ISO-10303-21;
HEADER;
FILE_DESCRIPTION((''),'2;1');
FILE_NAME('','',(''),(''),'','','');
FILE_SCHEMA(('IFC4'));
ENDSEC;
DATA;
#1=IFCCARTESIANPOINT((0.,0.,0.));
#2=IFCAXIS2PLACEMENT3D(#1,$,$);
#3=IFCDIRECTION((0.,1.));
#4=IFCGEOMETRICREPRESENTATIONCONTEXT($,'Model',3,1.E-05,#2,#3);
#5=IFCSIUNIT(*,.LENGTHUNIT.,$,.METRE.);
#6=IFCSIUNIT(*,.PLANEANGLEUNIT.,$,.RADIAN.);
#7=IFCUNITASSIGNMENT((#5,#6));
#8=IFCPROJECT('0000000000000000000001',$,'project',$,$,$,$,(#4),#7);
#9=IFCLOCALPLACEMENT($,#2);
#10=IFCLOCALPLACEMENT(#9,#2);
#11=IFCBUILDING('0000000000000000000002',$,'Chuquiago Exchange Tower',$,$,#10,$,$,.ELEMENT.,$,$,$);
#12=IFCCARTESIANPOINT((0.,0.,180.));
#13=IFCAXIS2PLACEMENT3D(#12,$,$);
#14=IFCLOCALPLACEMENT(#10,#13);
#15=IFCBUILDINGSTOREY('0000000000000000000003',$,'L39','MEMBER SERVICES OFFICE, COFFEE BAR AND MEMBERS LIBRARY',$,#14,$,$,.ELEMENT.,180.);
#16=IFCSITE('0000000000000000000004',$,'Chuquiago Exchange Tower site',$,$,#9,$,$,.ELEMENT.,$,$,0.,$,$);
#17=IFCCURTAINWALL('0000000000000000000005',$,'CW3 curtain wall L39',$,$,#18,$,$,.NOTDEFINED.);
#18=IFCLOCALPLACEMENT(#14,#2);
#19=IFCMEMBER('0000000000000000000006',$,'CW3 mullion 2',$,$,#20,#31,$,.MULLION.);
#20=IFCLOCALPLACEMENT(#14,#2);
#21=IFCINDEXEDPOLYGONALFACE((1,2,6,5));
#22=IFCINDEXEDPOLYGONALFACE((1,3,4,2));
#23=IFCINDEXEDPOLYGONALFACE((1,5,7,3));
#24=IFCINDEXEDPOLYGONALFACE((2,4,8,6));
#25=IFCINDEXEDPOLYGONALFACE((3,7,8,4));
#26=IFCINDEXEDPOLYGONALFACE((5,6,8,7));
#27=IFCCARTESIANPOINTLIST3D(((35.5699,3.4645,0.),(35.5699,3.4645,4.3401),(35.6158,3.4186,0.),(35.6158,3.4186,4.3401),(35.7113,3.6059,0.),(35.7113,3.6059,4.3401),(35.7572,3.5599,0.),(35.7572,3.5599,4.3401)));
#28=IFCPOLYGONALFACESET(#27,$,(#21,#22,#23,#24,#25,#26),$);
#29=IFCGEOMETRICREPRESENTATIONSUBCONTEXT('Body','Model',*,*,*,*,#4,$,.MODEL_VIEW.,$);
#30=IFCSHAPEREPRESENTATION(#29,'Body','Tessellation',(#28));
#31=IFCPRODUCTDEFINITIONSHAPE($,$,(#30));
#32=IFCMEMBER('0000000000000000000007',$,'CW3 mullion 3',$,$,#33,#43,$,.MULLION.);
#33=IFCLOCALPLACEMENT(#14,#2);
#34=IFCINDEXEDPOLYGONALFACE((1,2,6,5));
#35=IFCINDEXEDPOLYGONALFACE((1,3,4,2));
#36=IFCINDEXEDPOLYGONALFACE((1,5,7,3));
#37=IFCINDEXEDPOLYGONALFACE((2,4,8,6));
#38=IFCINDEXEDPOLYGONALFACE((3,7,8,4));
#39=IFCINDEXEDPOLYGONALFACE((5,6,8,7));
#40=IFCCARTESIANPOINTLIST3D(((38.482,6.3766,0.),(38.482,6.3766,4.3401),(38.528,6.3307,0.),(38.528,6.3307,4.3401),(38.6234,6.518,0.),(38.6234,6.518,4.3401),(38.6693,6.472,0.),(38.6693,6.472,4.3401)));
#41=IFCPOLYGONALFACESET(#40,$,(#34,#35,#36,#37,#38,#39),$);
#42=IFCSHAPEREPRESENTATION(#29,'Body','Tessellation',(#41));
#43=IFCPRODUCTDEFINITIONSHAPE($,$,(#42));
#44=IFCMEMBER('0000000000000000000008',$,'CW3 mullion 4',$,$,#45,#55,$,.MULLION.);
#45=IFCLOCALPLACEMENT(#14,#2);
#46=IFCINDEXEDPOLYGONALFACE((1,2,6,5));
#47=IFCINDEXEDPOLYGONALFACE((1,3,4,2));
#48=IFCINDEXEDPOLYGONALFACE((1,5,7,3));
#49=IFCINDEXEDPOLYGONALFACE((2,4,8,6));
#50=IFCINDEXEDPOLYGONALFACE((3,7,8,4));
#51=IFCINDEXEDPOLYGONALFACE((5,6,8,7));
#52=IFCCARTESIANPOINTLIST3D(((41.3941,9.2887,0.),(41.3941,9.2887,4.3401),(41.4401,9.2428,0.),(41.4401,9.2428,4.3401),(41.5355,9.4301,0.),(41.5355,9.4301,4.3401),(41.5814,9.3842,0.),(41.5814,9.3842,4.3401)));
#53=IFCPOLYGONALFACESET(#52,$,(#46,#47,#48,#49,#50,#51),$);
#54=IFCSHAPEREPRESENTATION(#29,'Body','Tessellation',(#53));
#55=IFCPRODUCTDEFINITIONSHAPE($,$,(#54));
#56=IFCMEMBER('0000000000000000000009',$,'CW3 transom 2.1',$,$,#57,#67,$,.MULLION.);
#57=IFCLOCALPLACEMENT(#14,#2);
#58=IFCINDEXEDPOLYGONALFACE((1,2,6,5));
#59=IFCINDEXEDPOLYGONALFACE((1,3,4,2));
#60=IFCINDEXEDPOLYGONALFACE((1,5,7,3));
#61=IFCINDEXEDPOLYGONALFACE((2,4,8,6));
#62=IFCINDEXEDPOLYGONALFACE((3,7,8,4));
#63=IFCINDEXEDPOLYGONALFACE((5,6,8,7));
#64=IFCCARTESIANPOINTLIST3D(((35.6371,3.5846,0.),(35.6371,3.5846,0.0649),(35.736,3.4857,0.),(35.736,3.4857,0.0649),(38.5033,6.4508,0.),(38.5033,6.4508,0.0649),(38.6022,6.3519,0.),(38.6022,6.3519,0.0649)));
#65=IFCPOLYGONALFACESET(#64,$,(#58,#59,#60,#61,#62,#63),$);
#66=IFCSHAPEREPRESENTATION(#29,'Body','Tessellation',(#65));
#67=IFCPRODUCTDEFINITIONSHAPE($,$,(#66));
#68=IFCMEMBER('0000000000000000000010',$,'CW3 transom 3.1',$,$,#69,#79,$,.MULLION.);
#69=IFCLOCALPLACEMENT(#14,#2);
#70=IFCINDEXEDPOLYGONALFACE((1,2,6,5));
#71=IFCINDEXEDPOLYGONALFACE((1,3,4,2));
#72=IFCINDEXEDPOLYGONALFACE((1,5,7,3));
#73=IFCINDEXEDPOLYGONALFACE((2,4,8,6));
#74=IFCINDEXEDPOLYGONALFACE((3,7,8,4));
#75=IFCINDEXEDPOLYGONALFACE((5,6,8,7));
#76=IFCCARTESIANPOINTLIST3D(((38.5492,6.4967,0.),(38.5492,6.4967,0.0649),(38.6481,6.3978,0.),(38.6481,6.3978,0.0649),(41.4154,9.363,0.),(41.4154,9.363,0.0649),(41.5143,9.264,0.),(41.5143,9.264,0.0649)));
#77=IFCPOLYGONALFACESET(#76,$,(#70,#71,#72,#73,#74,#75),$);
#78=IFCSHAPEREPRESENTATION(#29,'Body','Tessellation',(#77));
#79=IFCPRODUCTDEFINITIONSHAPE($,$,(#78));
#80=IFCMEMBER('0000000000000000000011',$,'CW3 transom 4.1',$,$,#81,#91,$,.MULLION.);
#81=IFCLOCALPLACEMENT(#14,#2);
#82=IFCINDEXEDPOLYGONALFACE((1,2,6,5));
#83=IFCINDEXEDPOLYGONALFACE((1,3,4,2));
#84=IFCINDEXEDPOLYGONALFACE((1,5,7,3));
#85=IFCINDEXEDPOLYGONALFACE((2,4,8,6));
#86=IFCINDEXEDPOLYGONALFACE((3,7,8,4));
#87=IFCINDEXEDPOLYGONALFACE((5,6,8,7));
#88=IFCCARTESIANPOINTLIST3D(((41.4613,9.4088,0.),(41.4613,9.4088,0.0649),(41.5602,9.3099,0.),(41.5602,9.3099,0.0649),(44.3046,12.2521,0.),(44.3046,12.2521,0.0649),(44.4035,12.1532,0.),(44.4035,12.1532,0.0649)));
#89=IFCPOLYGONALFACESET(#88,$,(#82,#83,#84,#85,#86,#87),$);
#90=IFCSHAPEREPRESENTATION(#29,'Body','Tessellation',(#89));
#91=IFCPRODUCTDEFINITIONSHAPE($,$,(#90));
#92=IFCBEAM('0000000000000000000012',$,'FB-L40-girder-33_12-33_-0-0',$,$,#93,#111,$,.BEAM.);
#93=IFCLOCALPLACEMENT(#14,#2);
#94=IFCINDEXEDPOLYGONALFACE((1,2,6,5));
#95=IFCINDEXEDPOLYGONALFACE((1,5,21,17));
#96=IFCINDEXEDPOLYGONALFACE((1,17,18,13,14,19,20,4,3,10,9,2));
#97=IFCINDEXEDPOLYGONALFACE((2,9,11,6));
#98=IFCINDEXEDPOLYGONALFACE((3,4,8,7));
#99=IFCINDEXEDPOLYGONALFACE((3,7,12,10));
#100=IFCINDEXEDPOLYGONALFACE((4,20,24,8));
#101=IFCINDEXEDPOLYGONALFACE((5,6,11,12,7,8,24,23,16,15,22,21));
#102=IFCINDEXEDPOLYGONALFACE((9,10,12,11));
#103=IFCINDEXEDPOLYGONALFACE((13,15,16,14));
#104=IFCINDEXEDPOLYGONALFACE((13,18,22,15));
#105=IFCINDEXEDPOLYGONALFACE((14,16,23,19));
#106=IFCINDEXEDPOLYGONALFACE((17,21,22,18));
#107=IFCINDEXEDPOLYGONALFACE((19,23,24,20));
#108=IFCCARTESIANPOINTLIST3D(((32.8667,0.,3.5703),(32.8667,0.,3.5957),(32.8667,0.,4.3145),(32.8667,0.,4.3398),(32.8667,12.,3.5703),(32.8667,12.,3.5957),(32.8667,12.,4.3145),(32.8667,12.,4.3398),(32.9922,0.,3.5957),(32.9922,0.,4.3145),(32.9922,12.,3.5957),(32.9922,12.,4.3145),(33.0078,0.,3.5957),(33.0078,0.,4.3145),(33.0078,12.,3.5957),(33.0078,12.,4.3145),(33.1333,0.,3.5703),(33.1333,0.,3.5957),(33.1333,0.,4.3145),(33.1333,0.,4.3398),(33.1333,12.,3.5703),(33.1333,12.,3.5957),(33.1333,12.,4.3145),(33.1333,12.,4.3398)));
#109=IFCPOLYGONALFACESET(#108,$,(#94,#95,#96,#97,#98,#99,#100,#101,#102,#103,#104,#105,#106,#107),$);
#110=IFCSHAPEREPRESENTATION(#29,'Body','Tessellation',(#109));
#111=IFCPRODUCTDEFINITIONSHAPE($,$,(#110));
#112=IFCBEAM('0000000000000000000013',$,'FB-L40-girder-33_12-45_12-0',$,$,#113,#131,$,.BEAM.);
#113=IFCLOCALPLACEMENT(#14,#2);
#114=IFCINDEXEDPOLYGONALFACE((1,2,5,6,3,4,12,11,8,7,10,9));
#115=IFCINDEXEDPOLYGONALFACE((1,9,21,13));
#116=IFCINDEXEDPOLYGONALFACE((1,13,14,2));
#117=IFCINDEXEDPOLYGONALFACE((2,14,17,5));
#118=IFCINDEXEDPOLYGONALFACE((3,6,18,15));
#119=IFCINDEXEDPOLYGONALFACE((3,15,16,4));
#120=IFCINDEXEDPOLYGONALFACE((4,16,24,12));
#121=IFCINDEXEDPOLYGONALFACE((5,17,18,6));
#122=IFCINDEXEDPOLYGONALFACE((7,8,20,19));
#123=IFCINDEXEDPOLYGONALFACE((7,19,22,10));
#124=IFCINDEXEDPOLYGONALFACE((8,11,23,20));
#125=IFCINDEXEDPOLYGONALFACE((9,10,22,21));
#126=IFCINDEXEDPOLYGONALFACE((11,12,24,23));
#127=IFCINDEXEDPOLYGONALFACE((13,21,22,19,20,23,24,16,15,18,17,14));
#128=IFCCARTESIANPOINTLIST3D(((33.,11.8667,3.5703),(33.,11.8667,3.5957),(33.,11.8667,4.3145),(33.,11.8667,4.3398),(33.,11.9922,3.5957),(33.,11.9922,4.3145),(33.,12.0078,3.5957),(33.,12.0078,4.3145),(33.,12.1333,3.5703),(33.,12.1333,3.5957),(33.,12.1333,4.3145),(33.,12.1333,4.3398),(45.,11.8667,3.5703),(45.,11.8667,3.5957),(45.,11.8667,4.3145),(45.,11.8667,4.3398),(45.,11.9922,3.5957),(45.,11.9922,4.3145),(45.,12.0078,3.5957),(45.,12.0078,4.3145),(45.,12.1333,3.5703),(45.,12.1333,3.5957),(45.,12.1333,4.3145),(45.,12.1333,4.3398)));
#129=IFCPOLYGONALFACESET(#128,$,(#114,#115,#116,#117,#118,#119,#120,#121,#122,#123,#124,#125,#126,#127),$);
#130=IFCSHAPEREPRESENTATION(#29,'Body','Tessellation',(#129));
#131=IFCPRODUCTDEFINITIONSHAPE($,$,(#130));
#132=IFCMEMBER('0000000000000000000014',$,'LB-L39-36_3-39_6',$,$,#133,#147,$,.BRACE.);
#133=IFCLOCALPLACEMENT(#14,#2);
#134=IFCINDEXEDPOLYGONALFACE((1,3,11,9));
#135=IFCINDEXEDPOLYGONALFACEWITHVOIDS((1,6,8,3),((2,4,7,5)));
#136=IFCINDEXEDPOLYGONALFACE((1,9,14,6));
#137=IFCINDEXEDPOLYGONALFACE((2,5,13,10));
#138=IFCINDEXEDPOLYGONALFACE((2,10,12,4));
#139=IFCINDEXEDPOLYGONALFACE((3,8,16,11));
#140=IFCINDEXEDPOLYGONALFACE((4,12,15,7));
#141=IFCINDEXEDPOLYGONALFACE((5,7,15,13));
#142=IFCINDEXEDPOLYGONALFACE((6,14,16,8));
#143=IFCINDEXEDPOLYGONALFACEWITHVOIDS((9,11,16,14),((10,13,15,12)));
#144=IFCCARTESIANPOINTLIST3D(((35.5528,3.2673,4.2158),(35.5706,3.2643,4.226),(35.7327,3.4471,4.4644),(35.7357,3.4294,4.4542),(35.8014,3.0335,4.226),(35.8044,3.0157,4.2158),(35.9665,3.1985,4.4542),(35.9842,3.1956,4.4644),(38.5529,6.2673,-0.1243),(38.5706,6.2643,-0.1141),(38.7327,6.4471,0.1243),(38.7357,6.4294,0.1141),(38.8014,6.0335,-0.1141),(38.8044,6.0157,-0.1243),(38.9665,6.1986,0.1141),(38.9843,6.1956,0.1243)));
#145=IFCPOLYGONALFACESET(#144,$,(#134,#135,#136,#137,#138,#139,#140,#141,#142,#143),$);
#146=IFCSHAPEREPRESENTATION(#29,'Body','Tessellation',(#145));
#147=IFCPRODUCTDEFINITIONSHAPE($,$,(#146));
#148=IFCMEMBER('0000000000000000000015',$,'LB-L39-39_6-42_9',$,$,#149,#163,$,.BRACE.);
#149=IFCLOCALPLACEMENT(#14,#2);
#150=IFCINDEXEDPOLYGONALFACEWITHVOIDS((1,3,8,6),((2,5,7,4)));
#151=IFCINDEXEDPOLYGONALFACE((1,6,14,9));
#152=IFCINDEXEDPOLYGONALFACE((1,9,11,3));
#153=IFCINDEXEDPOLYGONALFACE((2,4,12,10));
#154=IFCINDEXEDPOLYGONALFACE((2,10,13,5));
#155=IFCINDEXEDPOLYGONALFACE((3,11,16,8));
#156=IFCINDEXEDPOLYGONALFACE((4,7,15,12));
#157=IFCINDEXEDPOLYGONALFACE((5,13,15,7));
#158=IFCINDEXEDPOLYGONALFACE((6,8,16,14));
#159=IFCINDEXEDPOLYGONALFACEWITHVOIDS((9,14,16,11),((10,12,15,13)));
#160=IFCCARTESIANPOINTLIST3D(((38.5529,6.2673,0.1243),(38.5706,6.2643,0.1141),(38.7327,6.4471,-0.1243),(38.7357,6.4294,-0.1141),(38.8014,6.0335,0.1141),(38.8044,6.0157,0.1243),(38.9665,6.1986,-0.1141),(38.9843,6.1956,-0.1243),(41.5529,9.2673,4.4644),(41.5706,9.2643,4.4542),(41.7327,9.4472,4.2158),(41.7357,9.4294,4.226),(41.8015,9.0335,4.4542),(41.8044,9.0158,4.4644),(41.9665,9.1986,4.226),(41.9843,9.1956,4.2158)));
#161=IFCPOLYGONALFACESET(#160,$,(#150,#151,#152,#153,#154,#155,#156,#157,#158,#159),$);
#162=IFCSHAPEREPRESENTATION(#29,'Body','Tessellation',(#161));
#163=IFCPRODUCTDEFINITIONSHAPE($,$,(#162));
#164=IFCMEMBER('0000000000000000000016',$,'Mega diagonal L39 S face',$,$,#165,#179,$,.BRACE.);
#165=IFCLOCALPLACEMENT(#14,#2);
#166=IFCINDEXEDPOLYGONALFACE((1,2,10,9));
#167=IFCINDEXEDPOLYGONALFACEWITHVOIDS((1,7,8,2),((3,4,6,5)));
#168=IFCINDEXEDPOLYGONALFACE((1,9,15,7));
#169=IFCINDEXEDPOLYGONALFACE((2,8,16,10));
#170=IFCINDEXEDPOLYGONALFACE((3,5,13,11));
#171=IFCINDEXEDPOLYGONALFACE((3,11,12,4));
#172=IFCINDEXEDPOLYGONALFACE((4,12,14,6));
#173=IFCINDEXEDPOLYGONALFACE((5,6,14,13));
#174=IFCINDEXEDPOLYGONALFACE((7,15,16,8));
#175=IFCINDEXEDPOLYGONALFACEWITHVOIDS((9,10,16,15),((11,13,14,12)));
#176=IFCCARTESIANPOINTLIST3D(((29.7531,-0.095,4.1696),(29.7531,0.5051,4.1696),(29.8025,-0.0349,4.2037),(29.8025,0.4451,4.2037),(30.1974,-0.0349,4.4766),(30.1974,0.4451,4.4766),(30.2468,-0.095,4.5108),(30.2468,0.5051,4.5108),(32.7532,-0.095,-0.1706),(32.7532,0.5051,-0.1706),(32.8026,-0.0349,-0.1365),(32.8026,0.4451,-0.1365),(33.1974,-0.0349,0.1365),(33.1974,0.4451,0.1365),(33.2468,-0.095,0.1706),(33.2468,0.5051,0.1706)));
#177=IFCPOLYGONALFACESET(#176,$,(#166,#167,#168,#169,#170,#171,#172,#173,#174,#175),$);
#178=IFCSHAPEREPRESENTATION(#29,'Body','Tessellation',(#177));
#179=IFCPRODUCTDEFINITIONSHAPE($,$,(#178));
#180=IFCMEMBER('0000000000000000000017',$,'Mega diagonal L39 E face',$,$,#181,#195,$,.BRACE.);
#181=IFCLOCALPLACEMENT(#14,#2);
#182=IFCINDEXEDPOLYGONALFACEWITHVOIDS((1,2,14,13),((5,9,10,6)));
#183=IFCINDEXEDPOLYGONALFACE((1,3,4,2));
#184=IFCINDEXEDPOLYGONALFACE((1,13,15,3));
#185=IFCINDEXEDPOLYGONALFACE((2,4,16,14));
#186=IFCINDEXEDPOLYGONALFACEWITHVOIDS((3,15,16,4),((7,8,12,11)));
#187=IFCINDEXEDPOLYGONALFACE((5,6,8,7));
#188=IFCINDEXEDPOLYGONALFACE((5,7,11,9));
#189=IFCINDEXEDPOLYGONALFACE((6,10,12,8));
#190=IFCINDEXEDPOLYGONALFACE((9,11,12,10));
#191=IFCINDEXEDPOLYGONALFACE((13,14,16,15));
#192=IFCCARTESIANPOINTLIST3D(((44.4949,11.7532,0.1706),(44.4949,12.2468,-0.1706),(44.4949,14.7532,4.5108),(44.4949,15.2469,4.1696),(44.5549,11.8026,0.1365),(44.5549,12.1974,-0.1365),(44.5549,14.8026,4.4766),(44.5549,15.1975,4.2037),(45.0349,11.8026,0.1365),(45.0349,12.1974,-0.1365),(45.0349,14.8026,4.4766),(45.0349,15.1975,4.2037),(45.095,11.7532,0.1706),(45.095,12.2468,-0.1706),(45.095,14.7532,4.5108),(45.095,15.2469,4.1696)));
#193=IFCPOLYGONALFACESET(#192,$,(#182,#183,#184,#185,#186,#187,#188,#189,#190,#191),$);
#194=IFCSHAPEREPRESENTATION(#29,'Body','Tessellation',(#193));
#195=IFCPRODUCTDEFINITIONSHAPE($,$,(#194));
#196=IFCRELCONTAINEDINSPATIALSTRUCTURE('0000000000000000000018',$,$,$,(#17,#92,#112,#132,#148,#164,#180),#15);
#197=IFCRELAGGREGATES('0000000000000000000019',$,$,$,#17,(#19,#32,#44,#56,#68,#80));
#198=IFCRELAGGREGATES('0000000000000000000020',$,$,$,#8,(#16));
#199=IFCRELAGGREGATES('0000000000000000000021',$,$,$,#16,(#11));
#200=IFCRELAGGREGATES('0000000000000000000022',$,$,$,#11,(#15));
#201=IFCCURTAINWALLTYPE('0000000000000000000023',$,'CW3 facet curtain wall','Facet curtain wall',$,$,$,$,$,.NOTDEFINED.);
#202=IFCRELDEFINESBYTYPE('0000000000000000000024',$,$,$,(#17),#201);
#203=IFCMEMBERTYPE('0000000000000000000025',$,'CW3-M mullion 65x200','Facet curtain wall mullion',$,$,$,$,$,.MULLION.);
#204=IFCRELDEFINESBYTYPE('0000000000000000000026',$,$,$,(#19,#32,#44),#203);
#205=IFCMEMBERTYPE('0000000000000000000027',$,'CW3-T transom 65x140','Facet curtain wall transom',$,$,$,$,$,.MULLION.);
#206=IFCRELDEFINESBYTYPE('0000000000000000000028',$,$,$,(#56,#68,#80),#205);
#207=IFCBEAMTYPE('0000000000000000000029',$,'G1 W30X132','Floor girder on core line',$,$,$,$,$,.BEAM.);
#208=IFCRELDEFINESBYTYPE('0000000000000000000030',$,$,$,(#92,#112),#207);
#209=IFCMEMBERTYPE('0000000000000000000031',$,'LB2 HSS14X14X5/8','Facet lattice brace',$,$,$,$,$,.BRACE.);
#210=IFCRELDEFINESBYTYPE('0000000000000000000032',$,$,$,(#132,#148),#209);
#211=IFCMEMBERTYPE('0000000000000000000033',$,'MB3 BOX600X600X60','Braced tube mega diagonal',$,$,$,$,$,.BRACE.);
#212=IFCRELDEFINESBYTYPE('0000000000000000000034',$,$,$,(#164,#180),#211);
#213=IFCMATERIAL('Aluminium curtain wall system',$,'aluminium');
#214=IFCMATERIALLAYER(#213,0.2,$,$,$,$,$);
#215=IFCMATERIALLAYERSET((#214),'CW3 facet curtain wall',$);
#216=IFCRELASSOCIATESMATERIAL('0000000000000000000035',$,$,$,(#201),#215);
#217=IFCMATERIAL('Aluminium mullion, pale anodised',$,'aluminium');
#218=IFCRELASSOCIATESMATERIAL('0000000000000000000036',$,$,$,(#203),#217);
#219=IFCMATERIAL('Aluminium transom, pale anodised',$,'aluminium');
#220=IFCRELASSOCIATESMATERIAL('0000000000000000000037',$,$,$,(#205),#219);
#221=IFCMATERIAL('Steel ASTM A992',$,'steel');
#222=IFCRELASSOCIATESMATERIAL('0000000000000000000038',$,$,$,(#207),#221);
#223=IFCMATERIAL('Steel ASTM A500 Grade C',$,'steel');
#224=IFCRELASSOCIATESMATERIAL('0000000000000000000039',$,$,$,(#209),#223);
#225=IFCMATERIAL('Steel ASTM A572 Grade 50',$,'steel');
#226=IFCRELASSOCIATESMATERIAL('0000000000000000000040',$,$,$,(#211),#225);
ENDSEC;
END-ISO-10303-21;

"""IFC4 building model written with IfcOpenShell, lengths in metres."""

from ifc_helpers import new_model, si_unit, direction, frame, origin, origin_2d, place, context, subcontext, project, spatial, rectangle, hollow_rectangle, i_section, extrude, material, layer, layer_set, material_profile, profile_set, type_object, element, aggregate, save


model = new_model("IFC4")

# Units and contexts
model_context = context("Model", 3, precision=1e-05, world=origin(), true_north=direction((0.0, 1.0)))
body_context = subcontext(model_context, "Body", "Model", "MODEL_VIEW")
ifc_project = project(units=[si_unit("LENGTHUNIT", "METRE"), si_unit("PLANEANGLEUNIT", "RADIAN")], contexts=[model_context])

# Site, building, storey
site_placement = place(None, origin())
site = spatial("IfcSite", under=ifc_project, at=site_placement, Name="Chuquiago Exchange Tower site", CompositionType="ELEMENT", RefElevation=0.0)
building_placement = place(site_placement, origin())
building = spatial("IfcBuilding", under=site, at=building_placement, Name="Chuquiago Exchange Tower", CompositionType="ELEMENT")
storey_placement = place(building_placement, frame((0.0, 0.0, 180.0)))
storey = spatial("IfcBuildingStorey", under=building, at=storey_placement, Name="L39", Description="MEMBER SERVICES OFFICE, COFFEE BAR AND MEMBERS LIBRARY", CompositionType="ELEMENT", Elevation=180.0)

# Curtain wall, members
ifc_material_1 = material(Name="Aluminium curtain wall system", Category="aluminium")
ifc_layer_1 = layer(ifc_material_1, 0.2)
ifc_layer_set_1 = layer_set([ifc_layer_1], Name="CW3 facet curtain wall")
curtain_wall_type = type_object("IfcCurtainWallType", Name="CW3 facet curtain wall", Description="Facet curtain wall", PredefinedType="NOTDEFINED", material=ifc_layer_set_1)
curtain_wall_placement = place(storey_placement, origin())
curtain_wall = element("IfcCurtainWall", 1, at=curtain_wall_placement, inside=storey, type_object=curtain_wall_type, Name="CW3 curtain wall L39", PredefinedType="NOTDEFINED")
ifc_material_2 = material(Name="Aluminium mullion, pale anodised", Category="aluminium")
ifc_material_profile_1 = material_profile(ifc_material_2, rectangle(XDim=0.0649, YDim=0.2, at=origin_2d()), Name="AL 65x200")
ifc_profile_set_1 = profile_set([ifc_material_profile_1], Name="Aluminium mullion, pale anodised")
member_type_1 = type_object("IfcMemberType", Name="CW3-M mullion 65x200", Description="Facet curtain wall mullion", PredefinedType="MULLION", material=ifc_profile_set_1)
member_1_placement = place(storey_placement, frame((35.6636, 3.5122, 0.0), z_axis=(0.0, 0.0, 1.0), x_axis=(-0.707107, 0.707107, 0.0)))
member_1 = element("IfcMember", 2, at=member_1_placement, type_object=member_type_1, Name="CW3 mullion 2", PredefinedType="MULLION", context=body_context, shape_type="SweptSolid", body=[
    extrude(rectangle(XDim=0.0649, YDim=0.2, at=origin_2d()), origin(), (0.0, 0.0, 1.0), 4.3401),
])
member_2_placement = place(storey_placement, frame((38.5757, 6.4243, 0.0), z_axis=(0.0, 0.0, 1.0), x_axis=(-0.707107, 0.707107, 0.0)))
member_2 = element("IfcMember", 3, at=member_2_placement, type_object=member_type_1, Name="CW3 mullion 3", PredefinedType="MULLION", context=body_context, shape_type="SweptSolid", body=[
    extrude(rectangle(XDim=0.0649, YDim=0.2, at=origin_2d()), origin(), (0.0, 0.0, 1.0), 4.3401),
])
member_3_placement = place(storey_placement, frame((41.4878, 9.3364, 0.0), z_axis=(0.0, 0.0, 1.0), x_axis=(-0.707107, 0.707107, 0.0)))
member_3 = element("IfcMember", 4, at=member_3_placement, type_object=member_type_1, Name="CW3 mullion 4", PredefinedType="MULLION", context=body_context, shape_type="SweptSolid", body=[
    extrude(rectangle(XDim=0.0649, YDim=0.2, at=origin_2d()), origin(), (0.0, 0.0, 1.0), 4.3401),
])
ifc_material_3 = material(Name="Aluminium transom, pale anodised", Category="aluminium")
ifc_material_profile_2 = material_profile(ifc_material_3, rectangle(XDim=0.1399, YDim=0.0649, at=origin_2d()), Name="AL 140x65")
ifc_profile_set_2 = profile_set([ifc_material_profile_2], Name="Aluminium transom, pale anodised")
member_type_2 = type_object("IfcMemberType", Name="CW3-T transom 65x140", Description="Facet curtain wall transom", PredefinedType="MULLION", material=ifc_profile_set_2)
member_4_placement = place(storey_placement, frame((35.6865, 3.5352, 0.0325), z_axis=(0.707107, 0.707107, 0.0), x_axis=(-0.707107, 0.707107, 0.0)))
member_4 = element("IfcMember", 5, at=member_4_placement, type_object=member_type_2, Name="CW3 transom 2.1", PredefinedType="MULLION", context=body_context, shape_type="SweptSolid", body=[
    extrude(rectangle(XDim=0.1399, YDim=0.0649, at=origin_2d()), origin(), (0.0, 0.0, 1.0), 4.0535),
])
member_5_placement = place(storey_placement, frame((38.5986, 6.4473, 0.0325), z_axis=(0.707107, 0.707107, 0.0), x_axis=(-0.707107, 0.707107, 0.0)))
member_5 = element("IfcMember", 6, at=member_5_placement, type_object=member_type_2, Name="CW3 transom 3.1", PredefinedType="MULLION", context=body_context, shape_type="SweptSolid", body=[
    extrude(rectangle(XDim=0.1399, YDim=0.0649, at=origin_2d()), origin(), (0.0, 0.0, 1.0), 4.0535),
])
member_6_placement = place(storey_placement, frame((41.5107, 9.3594, 0.0325), z_axis=(0.707107, 0.707107, 0.0), x_axis=(-0.707107, 0.707107, 0.0)))
member_6 = element("IfcMember", 7, at=member_6_placement, type_object=member_type_2, Name="CW3 transom 4.1", PredefinedType="MULLION", context=body_context, shape_type="SweptSolid", body=[
    extrude(rectangle(XDim=0.1399, YDim=0.0649, at=origin_2d()), origin(), (0.0, 0.0, 1.0), 4.021),
])

# Beams
ifc_material_4 = material(Name="Steel ASTM A992", Category="steel")
ifc_material_profile_3 = material_profile(ifc_material_4, i_section(OverallWidth=0.2666, OverallDepth=0.7695, WebThickness=0.0156, FlangeThickness=0.0254, at=origin_2d()), Name="W30X132")
ifc_profile_set_3 = profile_set([ifc_material_profile_3], Name="Steel ASTM A992")
beam_type_1 = type_object("IfcBeamType", Name="G1 W30X132", Description="Floor girder on core line", PredefinedType="BEAM", material=ifc_profile_set_3)
for number, where, z_axis, x_axis, name in (
    (8, (33.0, 12.0, 3.9551), (0.0, -1.0, 0.0), (1.0, 0.0, 0.0), "FB-L40-girder-33_12-33_-0-0"),
    (9, (33.0, 12.0, 3.9551), (1.0, 0.0, 0.0), (0.0, 1.0, 0.0), "FB-L40-girder-33_12-45_12-0"),
):
    element("IfcBeam", number, at=place(storey_placement, frame(where, z_axis=z_axis, x_axis=x_axis)), inside=storey, type_object=beam_type_1, Name=name, PredefinedType="BEAM", context=body_context, shape_type="SweptSolid", body=[
        extrude(i_section(OverallWidth=0.2666, OverallDepth=0.7695, WebThickness=0.0156, FlangeThickness=0.0254, at=origin_2d()), origin(), (0.0, 0.0, 1.0), 12.0),
    ])

# Members
ifc_material_5 = material(Name="Steel ASTM A500 Grade C", Category="steel")
ifc_material_profile_4 = material_profile(ifc_material_5, hollow_rectangle(XDim=0.3557, YDim=0.3557, WallThickness=0.0146, at=origin_2d()), Name="HSS14X14X5/8")
ifc_profile_set_4 = profile_set([ifc_material_profile_4], Name="Steel ASTM A500 Grade C")
member_type_3 = type_object("IfcMemberType", Name="LB2 HSS14X14X5/8", Description="Facet lattice brace", PredefinedType="BRACE", material=ifc_profile_set_4)
for number, where, z_axis, x_axis, name in (
    (10, (38.7686, 6.2314, 0.0), (-0.494291, -0.494291, 0.715089), (0.707107, -0.707107, 0.0), "LB-L39-36_3-39_6"),
    (11, (38.7686, 6.2314, 0.0), (0.494291, 0.494291, 0.715089), (-0.707107, 0.707107, 0.0), "LB-L39-39_6-42_9"),
):
    element("IfcMember", number, at=place(storey_placement, frame(where, z_axis=z_axis, x_axis=x_axis)), inside=storey, type_object=member_type_3, Name=name, PredefinedType="BRACE", context=body_context, shape_type="SweptSolid", body=[
        extrude(hollow_rectangle(XDim=0.3557, YDim=0.3557, WallThickness=0.0146, at=origin_2d()), origin(), (0.0, 0.0, 1.0), 6.0693),
    ])
ifc_material_6 = material(Name="Steel ASTM A572 Grade 50", Category="steel")
ifc_material_profile_5 = material_profile(ifc_material_6, hollow_rectangle(XDim=0.6001, YDim=0.6001, WallThickness=0.0601, at=origin_2d()), Name="BOX600X600X60")
ifc_profile_set_5 = profile_set([ifc_material_profile_5], Name="Steel ASTM A572 Grade 50")
member_type_4 = type_object("IfcMemberType", Name="MB3 BOX600X600X60", Description="Braced tube mega diagonal", PredefinedType="BRACE", material=ifc_profile_set_5)
for number, where, z_axis, x_axis, name in (
    (12, (33.0, 0.2051, 0.0), (-0.568611, 0.0, 0.822607), (0.0, -1.0, 0.0), "Mega diagonal L39 S face"),
    (13, (44.7949, 12.0, 0.0), (0.0, 0.568611, 0.822607), (-1.0, 0.0, 0.0), "Mega diagonal L39 E face"),
):
    element("IfcMember", number, at=place(storey_placement, frame(where, z_axis=z_axis, x_axis=x_axis)), inside=storey, type_object=member_type_4, Name=name, PredefinedType="BRACE", context=body_context, shape_type="SweptSolid", body=[
        extrude(hollow_rectangle(XDim=0.6001, YDim=0.6001, WallThickness=0.0601, at=origin_2d()), origin(), (0.0, 0.0, 1.0), 5.2761),
    ])

aggregate(curtain_wall, [member_1, member_2, member_3, member_4, member_5, member_6])

save(model, "model.ifc")
